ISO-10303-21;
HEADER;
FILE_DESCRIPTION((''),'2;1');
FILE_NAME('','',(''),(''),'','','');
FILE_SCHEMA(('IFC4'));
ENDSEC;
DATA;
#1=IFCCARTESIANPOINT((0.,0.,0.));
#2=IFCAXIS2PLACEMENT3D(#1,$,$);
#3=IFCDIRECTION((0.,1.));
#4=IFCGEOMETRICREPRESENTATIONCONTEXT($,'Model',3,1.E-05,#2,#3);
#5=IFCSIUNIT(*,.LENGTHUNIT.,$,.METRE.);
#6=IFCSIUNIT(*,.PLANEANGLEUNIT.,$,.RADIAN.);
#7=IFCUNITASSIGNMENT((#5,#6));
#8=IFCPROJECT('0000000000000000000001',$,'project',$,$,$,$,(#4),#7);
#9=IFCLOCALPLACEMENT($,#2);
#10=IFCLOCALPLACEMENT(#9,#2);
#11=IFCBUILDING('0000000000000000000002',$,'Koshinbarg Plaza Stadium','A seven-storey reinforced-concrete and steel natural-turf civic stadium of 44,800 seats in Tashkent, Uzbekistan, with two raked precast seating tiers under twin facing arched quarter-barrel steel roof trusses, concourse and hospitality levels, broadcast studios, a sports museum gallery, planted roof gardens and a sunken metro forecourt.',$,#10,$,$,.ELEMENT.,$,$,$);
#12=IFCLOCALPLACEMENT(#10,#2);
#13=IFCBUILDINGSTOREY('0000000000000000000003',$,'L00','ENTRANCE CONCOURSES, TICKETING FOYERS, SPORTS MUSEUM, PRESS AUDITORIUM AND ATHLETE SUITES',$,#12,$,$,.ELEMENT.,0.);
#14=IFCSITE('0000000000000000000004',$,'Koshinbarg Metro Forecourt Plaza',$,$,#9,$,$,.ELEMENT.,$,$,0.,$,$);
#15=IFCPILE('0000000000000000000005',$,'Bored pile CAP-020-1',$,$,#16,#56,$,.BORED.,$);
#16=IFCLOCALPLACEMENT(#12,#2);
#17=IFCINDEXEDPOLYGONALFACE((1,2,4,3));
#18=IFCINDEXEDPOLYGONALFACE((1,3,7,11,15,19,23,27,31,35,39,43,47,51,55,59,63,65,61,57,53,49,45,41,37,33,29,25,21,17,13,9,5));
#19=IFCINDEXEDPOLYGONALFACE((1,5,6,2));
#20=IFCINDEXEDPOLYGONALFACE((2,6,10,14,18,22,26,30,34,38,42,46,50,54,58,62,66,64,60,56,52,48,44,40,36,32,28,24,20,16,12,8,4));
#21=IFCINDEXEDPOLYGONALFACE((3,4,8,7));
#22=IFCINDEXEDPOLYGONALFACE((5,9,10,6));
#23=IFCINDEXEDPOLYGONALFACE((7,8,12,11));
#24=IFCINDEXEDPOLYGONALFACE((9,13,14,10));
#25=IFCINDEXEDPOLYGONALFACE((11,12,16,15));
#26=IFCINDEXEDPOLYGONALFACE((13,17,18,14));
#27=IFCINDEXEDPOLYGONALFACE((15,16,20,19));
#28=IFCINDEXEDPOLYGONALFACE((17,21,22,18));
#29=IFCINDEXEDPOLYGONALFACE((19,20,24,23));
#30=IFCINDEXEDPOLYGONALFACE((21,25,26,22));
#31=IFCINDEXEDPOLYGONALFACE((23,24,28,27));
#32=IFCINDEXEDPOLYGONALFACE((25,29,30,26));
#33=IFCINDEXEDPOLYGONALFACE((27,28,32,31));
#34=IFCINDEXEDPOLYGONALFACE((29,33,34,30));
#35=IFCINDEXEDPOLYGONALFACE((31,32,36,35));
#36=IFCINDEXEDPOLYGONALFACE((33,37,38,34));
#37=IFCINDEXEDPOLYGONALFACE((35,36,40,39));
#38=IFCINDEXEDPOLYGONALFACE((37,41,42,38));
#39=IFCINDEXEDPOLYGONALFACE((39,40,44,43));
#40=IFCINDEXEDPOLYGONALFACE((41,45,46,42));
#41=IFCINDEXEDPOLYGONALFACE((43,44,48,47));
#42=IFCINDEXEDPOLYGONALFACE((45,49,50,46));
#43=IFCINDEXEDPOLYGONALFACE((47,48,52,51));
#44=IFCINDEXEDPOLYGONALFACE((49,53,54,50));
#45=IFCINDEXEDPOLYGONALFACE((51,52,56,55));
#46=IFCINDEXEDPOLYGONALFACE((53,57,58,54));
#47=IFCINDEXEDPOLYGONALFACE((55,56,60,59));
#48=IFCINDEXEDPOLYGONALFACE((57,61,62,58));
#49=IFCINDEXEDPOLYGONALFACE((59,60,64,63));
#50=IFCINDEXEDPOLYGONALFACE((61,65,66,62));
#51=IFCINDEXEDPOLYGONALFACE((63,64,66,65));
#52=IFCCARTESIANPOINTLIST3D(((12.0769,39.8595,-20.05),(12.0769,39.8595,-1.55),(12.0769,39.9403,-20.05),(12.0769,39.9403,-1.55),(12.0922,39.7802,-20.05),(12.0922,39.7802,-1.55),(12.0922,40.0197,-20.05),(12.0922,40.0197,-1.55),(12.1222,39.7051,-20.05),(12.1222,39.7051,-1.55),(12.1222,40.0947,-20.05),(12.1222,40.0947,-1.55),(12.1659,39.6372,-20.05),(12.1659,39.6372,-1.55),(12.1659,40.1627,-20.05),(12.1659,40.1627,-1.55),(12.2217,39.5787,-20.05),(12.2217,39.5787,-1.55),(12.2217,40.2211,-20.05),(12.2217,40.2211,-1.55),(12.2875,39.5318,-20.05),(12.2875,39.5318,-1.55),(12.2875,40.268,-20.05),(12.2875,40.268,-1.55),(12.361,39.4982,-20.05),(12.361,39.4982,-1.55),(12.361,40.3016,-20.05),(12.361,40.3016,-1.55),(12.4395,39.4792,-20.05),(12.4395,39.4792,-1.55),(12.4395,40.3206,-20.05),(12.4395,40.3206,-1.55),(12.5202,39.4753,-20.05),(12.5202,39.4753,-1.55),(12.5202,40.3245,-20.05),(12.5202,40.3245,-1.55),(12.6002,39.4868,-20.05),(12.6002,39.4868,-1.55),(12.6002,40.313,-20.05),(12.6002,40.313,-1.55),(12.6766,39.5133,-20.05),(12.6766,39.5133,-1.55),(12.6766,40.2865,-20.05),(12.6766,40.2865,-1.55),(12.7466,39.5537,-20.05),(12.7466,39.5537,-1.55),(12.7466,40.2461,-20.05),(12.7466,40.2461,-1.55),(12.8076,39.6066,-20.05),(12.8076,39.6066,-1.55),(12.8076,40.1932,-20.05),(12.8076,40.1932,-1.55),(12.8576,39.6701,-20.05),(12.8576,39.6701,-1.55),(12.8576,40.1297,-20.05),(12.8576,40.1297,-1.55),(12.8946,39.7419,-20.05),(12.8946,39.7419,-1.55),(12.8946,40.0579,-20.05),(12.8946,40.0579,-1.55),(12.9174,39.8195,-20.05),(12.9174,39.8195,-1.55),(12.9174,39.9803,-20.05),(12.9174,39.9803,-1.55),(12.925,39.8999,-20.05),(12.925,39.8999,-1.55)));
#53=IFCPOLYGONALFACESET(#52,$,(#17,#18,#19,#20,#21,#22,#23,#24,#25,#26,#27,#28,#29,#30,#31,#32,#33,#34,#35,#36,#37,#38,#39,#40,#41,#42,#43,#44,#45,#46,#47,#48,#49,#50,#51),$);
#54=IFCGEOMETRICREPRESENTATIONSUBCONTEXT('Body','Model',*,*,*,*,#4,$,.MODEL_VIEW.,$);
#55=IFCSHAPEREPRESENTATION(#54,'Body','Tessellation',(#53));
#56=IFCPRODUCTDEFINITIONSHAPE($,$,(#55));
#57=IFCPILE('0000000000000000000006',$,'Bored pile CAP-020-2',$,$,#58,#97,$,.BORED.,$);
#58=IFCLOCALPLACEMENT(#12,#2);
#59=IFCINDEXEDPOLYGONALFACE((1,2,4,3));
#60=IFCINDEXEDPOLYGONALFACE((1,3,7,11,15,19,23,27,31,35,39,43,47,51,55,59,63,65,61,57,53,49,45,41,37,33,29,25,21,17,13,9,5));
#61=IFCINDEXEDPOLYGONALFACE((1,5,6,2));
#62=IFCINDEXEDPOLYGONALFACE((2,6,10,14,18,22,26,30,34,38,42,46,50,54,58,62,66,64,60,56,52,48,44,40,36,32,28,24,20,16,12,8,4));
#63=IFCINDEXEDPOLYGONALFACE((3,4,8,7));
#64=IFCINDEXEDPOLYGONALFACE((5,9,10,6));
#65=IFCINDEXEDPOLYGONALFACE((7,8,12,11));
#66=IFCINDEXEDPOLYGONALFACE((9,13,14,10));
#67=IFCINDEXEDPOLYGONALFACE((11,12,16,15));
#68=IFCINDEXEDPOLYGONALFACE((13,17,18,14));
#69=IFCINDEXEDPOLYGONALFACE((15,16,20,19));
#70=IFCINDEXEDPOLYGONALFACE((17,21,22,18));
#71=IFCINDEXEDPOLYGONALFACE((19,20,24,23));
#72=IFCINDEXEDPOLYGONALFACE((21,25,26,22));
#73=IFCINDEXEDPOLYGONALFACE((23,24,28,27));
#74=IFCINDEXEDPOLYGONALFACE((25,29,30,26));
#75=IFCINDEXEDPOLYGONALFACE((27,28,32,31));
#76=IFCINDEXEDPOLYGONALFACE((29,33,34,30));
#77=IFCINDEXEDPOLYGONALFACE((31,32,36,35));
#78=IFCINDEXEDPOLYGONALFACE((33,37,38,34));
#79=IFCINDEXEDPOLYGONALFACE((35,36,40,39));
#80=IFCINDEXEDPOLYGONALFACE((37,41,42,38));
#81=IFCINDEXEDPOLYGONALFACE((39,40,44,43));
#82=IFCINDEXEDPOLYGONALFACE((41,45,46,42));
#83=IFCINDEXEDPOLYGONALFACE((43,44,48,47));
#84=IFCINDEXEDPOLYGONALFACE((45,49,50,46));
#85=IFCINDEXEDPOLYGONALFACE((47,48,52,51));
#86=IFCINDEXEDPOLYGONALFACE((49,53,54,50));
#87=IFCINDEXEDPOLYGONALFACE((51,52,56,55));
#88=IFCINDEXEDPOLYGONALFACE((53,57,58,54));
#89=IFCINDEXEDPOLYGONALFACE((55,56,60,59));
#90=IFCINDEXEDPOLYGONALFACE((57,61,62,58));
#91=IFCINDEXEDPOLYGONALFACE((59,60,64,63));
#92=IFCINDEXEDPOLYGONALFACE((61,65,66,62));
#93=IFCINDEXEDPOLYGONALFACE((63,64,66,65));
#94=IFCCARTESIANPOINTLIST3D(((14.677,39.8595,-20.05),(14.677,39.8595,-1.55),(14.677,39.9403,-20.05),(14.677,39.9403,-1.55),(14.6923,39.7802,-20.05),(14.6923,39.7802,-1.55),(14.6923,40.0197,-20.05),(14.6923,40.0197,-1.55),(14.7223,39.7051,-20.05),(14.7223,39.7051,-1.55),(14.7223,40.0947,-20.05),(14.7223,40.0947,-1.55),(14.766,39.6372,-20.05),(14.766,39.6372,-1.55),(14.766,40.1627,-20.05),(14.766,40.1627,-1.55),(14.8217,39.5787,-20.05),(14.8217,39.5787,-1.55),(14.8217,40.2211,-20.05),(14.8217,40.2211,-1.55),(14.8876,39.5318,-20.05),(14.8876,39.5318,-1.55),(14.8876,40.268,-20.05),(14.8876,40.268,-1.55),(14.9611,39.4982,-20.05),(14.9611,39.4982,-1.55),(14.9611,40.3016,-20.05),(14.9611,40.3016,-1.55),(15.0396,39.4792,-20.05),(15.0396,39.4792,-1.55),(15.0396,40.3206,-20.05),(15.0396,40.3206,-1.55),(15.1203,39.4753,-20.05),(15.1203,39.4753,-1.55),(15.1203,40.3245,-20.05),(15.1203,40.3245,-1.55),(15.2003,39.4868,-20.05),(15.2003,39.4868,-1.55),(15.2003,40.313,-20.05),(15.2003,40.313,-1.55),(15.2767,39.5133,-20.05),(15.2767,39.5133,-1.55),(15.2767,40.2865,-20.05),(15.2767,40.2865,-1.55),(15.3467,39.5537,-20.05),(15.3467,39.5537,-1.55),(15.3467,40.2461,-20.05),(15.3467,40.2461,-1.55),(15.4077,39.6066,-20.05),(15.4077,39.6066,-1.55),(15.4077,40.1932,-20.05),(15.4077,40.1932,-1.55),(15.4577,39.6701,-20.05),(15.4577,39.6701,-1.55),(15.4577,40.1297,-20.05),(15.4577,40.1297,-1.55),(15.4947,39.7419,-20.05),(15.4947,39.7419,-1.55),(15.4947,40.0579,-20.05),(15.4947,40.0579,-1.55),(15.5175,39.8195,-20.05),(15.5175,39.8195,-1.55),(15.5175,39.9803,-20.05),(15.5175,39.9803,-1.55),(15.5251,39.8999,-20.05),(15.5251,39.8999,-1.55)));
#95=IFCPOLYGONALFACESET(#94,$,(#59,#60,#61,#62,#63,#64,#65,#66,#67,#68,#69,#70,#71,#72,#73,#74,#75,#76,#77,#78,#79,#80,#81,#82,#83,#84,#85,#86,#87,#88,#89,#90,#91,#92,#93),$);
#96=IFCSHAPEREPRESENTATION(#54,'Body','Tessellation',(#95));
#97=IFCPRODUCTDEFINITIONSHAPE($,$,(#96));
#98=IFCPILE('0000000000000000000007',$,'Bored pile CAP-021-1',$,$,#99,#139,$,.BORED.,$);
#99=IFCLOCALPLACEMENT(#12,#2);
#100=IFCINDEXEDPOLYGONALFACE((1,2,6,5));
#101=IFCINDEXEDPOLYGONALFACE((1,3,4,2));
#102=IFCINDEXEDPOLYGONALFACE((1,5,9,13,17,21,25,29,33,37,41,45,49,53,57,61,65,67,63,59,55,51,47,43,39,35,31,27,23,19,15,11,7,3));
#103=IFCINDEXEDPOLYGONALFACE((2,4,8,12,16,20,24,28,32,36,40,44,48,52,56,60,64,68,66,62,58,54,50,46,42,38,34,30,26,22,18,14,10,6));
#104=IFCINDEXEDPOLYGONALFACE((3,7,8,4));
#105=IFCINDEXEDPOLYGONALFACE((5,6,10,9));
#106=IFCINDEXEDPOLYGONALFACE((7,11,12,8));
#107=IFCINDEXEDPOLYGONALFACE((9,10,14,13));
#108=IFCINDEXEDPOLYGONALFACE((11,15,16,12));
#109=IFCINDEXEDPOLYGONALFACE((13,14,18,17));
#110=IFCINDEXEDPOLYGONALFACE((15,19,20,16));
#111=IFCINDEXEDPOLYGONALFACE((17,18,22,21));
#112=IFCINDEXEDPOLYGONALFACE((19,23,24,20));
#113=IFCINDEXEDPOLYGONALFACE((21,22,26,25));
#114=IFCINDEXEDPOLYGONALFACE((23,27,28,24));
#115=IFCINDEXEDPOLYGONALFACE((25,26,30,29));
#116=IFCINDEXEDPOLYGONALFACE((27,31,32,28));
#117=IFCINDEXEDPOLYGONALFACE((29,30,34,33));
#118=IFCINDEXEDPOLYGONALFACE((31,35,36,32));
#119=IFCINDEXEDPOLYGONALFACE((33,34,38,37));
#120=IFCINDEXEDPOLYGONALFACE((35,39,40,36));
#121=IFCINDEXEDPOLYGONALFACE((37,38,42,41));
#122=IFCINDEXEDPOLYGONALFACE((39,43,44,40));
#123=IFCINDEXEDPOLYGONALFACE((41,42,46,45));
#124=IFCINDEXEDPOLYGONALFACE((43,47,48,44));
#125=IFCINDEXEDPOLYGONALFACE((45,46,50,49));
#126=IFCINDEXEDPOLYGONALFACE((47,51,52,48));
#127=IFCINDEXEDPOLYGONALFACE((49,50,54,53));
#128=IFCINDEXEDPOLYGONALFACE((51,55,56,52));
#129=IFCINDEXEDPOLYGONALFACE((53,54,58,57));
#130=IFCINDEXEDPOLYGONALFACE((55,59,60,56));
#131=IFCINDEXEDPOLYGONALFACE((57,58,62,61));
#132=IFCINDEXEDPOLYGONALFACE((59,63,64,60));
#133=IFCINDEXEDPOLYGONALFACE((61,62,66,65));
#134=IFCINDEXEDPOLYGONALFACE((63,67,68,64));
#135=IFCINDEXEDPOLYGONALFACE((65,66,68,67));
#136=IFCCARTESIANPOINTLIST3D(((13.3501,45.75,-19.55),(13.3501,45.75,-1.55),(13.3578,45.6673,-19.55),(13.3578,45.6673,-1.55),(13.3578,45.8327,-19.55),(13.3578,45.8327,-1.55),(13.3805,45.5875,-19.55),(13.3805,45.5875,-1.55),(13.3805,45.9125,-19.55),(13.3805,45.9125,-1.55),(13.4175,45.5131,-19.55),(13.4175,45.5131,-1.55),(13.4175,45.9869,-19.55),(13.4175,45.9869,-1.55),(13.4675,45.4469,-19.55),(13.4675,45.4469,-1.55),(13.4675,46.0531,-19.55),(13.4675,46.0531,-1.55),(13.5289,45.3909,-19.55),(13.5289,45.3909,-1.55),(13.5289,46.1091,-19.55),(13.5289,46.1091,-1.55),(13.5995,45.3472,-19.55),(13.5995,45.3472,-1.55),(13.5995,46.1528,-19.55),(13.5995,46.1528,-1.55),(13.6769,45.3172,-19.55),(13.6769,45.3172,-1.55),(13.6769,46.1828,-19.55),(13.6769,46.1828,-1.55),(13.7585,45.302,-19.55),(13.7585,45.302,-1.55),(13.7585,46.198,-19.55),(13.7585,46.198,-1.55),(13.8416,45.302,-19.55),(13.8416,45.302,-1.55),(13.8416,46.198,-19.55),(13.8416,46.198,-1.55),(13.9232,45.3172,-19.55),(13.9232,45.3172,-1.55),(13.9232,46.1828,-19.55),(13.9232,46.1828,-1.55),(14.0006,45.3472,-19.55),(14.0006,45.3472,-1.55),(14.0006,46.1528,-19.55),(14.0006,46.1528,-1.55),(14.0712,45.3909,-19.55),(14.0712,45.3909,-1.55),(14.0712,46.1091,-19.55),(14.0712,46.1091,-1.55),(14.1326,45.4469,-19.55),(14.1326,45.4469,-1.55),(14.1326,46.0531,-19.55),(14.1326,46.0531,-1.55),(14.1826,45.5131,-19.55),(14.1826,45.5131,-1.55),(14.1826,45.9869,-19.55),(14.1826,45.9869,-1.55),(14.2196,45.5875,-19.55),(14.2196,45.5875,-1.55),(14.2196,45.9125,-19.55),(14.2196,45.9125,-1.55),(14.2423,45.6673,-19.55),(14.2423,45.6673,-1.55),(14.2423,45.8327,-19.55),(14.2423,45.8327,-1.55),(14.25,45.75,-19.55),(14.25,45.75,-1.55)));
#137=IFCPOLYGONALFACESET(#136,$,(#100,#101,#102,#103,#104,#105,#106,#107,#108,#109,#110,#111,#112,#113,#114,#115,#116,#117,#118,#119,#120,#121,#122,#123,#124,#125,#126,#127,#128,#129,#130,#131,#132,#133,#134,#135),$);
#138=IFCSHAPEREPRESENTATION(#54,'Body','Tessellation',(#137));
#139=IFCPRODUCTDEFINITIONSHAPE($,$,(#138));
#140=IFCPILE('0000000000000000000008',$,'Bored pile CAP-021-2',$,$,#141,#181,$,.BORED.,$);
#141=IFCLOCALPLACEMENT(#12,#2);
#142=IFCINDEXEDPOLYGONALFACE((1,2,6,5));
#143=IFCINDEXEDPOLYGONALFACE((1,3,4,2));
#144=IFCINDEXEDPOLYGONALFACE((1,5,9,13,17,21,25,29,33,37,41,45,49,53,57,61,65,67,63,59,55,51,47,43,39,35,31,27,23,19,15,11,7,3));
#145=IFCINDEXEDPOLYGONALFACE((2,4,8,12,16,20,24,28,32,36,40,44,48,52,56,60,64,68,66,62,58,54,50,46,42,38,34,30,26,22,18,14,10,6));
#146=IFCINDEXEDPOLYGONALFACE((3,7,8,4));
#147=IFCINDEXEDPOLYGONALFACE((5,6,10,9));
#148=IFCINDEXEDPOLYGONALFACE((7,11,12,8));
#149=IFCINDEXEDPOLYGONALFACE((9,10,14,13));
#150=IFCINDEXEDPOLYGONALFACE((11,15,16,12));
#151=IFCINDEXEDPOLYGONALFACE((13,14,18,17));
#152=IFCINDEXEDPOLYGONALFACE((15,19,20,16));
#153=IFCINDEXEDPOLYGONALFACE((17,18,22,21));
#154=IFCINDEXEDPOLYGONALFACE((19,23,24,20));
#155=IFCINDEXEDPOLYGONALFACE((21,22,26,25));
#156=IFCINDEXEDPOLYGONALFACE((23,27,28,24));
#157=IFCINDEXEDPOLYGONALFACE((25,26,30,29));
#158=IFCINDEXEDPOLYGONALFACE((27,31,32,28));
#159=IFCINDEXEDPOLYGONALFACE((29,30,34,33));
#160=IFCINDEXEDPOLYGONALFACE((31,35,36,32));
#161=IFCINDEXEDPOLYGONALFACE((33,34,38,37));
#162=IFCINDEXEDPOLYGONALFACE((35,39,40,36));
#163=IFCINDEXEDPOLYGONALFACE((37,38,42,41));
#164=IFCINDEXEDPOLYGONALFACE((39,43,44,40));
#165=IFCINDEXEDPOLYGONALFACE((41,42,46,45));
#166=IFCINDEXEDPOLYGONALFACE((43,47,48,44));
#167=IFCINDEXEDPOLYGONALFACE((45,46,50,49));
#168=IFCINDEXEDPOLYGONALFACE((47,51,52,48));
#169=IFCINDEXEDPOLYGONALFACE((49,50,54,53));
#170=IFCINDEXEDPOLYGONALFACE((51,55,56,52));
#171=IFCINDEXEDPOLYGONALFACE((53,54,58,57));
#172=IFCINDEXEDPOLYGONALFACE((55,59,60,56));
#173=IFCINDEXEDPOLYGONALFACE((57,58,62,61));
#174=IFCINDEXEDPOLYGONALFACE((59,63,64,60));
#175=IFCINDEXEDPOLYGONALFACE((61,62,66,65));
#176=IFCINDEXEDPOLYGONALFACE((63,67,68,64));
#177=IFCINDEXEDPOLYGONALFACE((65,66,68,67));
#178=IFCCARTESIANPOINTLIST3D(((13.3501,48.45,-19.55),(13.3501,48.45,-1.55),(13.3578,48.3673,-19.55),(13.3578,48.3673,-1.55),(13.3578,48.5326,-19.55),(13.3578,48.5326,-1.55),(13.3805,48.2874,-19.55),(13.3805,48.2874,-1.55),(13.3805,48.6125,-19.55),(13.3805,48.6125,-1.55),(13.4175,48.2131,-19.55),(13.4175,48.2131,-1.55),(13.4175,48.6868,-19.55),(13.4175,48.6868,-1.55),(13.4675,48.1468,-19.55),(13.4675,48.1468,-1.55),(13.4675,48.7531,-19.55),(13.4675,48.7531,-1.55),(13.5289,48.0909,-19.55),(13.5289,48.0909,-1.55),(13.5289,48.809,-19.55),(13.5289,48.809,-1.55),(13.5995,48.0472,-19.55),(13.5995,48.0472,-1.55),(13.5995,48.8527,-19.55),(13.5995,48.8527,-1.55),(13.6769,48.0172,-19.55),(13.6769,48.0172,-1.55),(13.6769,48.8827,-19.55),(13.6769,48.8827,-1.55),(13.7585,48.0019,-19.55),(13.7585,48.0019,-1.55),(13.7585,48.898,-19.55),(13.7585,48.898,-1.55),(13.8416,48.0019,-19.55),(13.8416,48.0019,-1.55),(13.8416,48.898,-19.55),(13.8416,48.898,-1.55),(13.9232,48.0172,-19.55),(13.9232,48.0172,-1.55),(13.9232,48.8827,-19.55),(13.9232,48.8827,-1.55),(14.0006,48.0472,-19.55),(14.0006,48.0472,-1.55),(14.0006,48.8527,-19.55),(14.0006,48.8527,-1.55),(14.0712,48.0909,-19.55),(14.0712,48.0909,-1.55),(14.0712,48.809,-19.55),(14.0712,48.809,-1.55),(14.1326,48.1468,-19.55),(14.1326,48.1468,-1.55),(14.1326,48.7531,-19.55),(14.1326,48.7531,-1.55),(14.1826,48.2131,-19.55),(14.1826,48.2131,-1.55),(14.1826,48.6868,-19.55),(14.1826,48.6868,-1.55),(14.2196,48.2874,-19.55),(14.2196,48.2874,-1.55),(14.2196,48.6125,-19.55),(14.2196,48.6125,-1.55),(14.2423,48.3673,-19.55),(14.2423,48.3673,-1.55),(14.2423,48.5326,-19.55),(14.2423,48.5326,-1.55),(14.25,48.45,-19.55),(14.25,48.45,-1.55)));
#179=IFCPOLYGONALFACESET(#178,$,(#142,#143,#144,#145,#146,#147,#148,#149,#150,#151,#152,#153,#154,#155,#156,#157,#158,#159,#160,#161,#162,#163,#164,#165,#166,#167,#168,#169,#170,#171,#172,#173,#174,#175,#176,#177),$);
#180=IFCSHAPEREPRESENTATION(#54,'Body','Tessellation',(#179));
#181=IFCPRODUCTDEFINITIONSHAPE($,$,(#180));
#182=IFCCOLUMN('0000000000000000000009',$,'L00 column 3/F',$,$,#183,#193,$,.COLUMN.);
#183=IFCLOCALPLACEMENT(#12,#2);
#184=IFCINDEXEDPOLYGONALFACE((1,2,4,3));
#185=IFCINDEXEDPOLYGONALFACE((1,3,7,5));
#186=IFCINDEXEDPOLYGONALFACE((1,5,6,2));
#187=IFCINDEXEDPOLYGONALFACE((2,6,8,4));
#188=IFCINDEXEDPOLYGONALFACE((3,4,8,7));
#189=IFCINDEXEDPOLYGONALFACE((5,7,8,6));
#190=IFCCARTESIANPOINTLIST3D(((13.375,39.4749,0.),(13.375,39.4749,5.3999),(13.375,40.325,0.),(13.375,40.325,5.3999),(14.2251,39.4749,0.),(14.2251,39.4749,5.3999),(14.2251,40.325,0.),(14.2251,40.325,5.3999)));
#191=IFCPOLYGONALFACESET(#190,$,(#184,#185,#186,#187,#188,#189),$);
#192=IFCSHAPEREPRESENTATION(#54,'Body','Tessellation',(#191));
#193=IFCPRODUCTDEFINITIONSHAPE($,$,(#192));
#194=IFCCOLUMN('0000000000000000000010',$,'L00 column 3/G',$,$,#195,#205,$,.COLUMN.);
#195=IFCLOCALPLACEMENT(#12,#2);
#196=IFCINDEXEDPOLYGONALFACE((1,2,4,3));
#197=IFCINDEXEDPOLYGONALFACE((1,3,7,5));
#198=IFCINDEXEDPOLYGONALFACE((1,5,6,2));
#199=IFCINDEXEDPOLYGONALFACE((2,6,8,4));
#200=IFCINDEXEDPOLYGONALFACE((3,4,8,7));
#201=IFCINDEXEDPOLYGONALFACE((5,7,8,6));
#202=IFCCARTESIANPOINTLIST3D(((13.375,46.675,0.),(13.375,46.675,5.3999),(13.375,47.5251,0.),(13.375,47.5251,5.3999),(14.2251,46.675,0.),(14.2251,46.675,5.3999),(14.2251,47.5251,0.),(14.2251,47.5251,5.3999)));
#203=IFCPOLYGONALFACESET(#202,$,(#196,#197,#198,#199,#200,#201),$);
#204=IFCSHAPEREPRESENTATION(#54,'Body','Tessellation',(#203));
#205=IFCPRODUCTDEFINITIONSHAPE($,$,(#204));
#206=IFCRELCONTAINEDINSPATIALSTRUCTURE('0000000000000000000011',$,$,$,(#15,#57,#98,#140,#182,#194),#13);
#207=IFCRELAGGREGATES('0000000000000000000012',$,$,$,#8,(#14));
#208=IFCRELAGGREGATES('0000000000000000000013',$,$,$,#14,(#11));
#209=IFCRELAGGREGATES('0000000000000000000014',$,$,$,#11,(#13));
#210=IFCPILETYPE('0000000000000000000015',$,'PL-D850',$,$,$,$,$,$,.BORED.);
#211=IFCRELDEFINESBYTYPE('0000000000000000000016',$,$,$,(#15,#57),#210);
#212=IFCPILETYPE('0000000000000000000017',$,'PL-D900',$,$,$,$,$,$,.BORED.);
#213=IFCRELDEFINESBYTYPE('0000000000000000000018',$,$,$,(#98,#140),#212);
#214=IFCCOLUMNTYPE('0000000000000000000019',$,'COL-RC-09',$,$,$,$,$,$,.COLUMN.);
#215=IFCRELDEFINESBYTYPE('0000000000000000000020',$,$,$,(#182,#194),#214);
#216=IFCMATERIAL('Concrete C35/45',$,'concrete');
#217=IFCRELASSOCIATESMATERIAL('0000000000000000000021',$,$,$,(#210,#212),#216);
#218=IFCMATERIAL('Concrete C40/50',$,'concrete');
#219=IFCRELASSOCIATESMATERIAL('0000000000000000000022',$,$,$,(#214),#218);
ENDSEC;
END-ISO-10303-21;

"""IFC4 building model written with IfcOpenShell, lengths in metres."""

from ifc_helpers import new_model, si_unit, direction, frame, origin, origin_2d, place, context, subcontext, project, spatial, rectangle, circle, extrude, material, material_profile, profile_set, type_object, element, save


model = new_model("IFC4")

# Units and contexts
model_context = context("Model", 3, precision=1e-05, world=origin(), true_north=direction((0.0, 1.0)))
body_context = subcontext(model_context, "Body", "Model", "MODEL_VIEW")
ifc_project = project(units=[si_unit("LENGTHUNIT", "METRE"), si_unit("PLANEANGLEUNIT", "RADIAN")], contexts=[model_context])

# Site, building, storey
site_placement = place(None, origin())
site = spatial("IfcSite", under=ifc_project, at=site_placement, Name="Koshinbarg Metro Forecourt Plaza", CompositionType="ELEMENT", RefElevation=0.0)
building_placement = place(site_placement, origin())
building = spatial("IfcBuilding", under=site, at=building_placement, Name="Koshinbarg Plaza Stadium", Description="A seven-storey reinforced-concrete and steel natural-turf civic stadium of 44,800 seats in Tashkent, Uzbekistan, with two raked precast seating tiers under twin facing arched quarter-barrel steel roof trusses, concourse and hospitality levels, broadcast studios, a sports museum gallery, planted roof gardens and a sunken metro forecourt.", CompositionType="ELEMENT")
storey_placement = place(building_placement, origin())
storey = spatial("IfcBuildingStorey", under=building, at=storey_placement, Name="L00", Description="ENTRANCE CONCOURSES, TICKETING FOYERS, SPORTS MUSEUM, PRESS AUDITORIUM AND ATHLETE SUITES", CompositionType="ELEMENT", Elevation=0.0)

# Shared definitions
ifc_material_1 = material(Name="Concrete C35/45", Category="concrete")

# Piles
ifc_material_profile_1 = material_profile(ifc_material_1, circle(Radius=0.425, at=origin_2d()), Name="PILE D850")
ifc_profile_set_1 = profile_set([ifc_material_profile_1], Name="Concrete C35/45")
pile_type_1 = type_object("IfcPileType", Name="PL-D850", PredefinedType="BORED", material=ifc_profile_set_1)
for number, where, z_axis, x_axis, name in (
    (1, (12.5, 39.8999, -1.55), (0.0, 0.0, -1.0), (1.0, 0.0, 0.0), "Bored pile CAP-020-1"),
    (2, (15.1001, 39.8999, -1.55), (0.0, 0.0, -1.0), (1.0, 0.0, 0.0), "Bored pile CAP-020-2"),
):
    element("IfcPile", number, at=place(storey_placement, frame(where, z_axis=z_axis, x_axis=x_axis)), inside=storey, type_object=pile_type_1, Name=name, PredefinedType="BORED", context=body_context, shape_type="SweptSolid", body=[
        extrude(circle(Radius=0.425, at=origin_2d()), origin(), (0.0, 0.0, 1.0), 18.5),
    ])
ifc_material_profile_2 = material_profile(ifc_material_1, circle(Radius=0.45, at=origin_2d()), Name="PILE D900")
ifc_profile_set_2 = profile_set([ifc_material_profile_2], Name="Concrete C35/45")
pile_type_2 = type_object("IfcPileType", Name="PL-D900", PredefinedType="BORED", material=ifc_profile_set_2)
for number, where, z_axis, x_axis, name in (
    (3, (13.8, 45.75, -1.55), (0.0, 0.0, -1.0), (1.0, 0.0, 0.0), "Bored pile CAP-021-1"),
    (4, (13.8, 48.45, -1.55), (0.0, 0.0, -1.0), (1.0, 0.0, 0.0), "Bored pile CAP-021-2"),
):
    element("IfcPile", number, at=place(storey_placement, frame(where, z_axis=z_axis, x_axis=x_axis)), inside=storey, type_object=pile_type_2, Name=name, PredefinedType="BORED", context=body_context, shape_type="SweptSolid", body=[
        extrude(circle(Radius=0.45, at=origin_2d()), origin(), (0.0, 0.0, 1.0), 18.0),
    ])

# Columns
ifc_material_2 = material(Name="Concrete C40/50", Category="concrete")
ifc_material_profile_3 = material_profile(ifc_material_2, rectangle(XDim=0.8501, YDim=0.8501, at=origin_2d()), Name="RC 850x850")
ifc_profile_set_3 = profile_set([ifc_material_profile_3], Name="Concrete C40/50")
column_type = type_object("IfcColumnType", Name="COL-RC-09", PredefinedType="COLUMN", material=ifc_profile_set_3)
for number, where, z_axis, x_axis, name in (
    (5, (13.8, 39.8999, 0.0), (0.0, 0.0, 1.0), (1.0, 0.0, 0.0), "L00 column 3/F"),
    (6, (13.8, 47.1001, 0.0), (0.0, 0.0, 1.0), (1.0, 0.0, 0.0), "L00 column 3/G"),
):
    element("IfcColumn", number, at=place(storey_placement, frame(where, z_axis=z_axis, x_axis=x_axis)), inside=storey, type_object=column_type, Name=name, PredefinedType="COLUMN", context=body_context, shape_type="SweptSolid", body=[
        extrude(rectangle(XDim=0.8501, YDim=0.8501, at=origin_2d()), origin(), (0.0, 0.0, 1.0), 5.3999),
    ])

save(model, "model.ifc")
